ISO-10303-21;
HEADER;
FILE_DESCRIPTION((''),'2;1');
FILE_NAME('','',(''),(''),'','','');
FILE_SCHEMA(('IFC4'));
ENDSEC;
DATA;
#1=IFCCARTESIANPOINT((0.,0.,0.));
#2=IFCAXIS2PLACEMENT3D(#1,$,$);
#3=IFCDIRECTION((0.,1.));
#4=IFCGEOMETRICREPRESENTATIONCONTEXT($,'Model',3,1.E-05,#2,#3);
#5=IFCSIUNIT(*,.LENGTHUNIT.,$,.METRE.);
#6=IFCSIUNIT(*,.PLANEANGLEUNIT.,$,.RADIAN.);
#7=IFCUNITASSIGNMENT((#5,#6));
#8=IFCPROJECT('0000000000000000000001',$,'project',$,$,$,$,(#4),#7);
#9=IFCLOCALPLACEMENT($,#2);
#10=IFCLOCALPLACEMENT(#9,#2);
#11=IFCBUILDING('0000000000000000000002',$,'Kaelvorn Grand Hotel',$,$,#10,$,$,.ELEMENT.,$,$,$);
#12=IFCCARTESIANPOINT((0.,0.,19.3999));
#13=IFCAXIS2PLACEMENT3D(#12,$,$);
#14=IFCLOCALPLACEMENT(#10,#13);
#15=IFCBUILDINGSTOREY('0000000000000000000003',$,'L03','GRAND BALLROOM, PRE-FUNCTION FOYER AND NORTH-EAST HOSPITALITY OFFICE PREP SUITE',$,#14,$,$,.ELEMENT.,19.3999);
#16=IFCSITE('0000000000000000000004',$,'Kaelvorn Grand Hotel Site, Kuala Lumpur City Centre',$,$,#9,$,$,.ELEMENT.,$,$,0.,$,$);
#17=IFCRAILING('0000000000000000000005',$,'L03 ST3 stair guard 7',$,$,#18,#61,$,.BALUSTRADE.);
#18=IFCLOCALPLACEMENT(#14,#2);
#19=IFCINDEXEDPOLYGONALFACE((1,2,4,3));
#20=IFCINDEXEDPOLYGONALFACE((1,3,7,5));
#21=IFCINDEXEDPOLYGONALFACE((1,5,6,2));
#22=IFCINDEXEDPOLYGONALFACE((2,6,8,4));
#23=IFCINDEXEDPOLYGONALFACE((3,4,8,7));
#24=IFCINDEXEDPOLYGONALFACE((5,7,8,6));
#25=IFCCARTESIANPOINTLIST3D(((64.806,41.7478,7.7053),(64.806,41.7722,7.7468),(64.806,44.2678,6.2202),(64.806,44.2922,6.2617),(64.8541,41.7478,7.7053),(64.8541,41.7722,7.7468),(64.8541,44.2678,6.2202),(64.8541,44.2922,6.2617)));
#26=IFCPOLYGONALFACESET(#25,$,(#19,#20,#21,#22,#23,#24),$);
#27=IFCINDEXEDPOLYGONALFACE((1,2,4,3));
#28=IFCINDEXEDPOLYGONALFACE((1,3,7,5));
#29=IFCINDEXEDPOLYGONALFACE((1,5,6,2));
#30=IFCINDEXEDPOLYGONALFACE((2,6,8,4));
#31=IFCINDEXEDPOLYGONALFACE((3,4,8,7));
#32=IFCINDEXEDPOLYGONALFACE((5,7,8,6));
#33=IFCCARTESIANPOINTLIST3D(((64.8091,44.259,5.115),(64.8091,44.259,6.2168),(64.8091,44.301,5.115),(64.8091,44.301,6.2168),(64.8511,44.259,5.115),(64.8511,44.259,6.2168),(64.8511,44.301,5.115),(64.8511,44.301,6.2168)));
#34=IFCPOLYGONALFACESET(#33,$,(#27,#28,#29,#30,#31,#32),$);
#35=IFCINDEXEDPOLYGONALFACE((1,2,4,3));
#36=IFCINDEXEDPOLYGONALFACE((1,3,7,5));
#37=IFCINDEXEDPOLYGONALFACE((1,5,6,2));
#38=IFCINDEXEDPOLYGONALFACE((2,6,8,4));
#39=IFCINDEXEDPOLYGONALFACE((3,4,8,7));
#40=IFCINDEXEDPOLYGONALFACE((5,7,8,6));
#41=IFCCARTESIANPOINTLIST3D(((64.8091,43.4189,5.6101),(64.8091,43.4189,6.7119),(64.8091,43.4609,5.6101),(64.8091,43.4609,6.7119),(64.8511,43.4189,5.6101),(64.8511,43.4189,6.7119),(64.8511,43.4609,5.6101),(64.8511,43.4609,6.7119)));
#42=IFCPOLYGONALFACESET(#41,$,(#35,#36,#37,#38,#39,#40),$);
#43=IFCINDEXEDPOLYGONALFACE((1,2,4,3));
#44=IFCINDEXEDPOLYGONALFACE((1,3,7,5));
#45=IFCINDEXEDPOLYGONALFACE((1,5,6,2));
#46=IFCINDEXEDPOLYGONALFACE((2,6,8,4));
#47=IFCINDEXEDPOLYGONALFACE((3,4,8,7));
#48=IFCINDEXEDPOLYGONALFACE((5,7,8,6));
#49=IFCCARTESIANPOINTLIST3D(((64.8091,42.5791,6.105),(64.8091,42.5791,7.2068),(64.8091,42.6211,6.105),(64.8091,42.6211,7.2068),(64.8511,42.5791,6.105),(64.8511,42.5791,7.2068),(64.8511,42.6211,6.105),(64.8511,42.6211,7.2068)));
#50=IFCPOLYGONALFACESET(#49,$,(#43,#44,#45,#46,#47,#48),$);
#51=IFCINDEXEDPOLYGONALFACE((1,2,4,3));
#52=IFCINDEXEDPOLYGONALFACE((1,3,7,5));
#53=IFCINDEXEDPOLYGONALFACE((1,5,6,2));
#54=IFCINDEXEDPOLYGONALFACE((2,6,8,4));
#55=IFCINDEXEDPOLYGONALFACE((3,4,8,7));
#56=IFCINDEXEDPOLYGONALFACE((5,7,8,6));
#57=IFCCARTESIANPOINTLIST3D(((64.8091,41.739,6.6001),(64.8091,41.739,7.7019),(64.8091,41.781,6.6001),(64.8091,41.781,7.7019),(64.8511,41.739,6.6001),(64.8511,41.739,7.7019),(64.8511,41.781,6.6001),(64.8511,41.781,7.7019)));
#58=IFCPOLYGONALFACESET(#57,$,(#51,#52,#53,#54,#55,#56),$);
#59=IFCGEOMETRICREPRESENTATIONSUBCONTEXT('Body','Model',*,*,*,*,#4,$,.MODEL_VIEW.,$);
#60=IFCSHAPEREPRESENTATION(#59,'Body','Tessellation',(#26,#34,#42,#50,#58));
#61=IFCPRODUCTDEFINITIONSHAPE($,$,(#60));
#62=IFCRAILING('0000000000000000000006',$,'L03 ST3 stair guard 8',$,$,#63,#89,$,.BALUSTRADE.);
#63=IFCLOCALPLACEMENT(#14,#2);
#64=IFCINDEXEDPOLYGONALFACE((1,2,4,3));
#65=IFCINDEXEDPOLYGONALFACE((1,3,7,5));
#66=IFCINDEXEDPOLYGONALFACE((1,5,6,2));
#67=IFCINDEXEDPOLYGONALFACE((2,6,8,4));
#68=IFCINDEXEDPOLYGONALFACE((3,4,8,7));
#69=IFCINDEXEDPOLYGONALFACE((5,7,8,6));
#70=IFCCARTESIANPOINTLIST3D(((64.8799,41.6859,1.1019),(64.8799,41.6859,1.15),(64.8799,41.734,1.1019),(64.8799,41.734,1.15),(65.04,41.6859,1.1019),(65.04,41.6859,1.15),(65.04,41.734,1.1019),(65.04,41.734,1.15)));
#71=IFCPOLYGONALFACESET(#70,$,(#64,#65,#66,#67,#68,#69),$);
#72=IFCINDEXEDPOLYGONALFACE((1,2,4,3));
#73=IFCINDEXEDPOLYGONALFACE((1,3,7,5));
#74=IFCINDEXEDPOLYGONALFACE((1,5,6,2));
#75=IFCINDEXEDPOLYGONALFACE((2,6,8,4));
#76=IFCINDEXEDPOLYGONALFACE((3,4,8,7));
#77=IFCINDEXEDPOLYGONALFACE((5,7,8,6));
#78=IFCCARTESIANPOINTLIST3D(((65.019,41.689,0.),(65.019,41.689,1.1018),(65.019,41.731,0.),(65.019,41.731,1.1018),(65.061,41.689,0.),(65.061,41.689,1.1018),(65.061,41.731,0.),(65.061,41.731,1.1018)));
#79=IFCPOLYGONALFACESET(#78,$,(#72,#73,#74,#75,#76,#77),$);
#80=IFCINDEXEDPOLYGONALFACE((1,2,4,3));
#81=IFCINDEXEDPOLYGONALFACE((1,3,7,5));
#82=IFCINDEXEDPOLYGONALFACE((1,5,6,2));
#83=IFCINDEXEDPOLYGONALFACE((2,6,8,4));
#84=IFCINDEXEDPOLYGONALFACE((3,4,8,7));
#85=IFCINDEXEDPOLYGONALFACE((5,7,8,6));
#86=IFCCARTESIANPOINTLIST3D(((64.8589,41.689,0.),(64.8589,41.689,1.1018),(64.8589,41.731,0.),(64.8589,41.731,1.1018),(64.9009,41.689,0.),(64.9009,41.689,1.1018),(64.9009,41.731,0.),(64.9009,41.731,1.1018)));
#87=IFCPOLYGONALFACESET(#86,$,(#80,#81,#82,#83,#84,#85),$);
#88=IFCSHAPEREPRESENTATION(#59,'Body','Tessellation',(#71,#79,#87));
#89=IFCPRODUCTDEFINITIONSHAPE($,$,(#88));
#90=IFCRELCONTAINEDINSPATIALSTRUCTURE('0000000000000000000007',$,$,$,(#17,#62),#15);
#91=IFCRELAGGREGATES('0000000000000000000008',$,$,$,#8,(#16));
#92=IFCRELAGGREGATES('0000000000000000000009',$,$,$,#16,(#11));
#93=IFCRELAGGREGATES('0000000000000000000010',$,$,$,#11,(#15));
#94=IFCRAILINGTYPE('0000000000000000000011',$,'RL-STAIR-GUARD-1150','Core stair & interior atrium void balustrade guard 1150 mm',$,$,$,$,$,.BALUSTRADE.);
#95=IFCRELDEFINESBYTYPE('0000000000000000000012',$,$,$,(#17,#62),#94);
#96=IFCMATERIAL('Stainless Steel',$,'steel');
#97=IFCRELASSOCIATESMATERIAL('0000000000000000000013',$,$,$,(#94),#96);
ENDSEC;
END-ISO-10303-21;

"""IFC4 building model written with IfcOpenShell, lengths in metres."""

from ifc_helpers import new_model, si_unit, direction, frame, origin, origin_2d, place, context, subcontext, project, spatial, rectangle, extrude, material, type_object, element, save


model = new_model("IFC4")

# Units and contexts
model_context = context("Model", 3, precision=1e-05, world=origin(), true_north=direction((0.0, 1.0)))
body_context = subcontext(model_context, "Body", "Model", "MODEL_VIEW")
ifc_project = project(units=[si_unit("LENGTHUNIT", "METRE"), si_unit("PLANEANGLEUNIT", "RADIAN")], contexts=[model_context])

# Site, building, storey
site_placement = place(None, origin())
site = spatial("IfcSite", under=ifc_project, at=site_placement, Name="Kaelvorn Grand Hotel Site, Kuala Lumpur City Centre", CompositionType="ELEMENT", RefElevation=0.0)
building_placement = place(site_placement, origin())
building = spatial("IfcBuilding", under=site, at=building_placement, Name="Kaelvorn Grand Hotel", CompositionType="ELEMENT")
storey_placement = place(building_placement, frame((0.0, 0.0, 19.3999)))
storey = spatial("IfcBuildingStorey", under=building, at=storey_placement, Name="L03", Description="GRAND BALLROOM, PRE-FUNCTION FOYER AND NORTH-EAST HOSPITALITY OFFICE PREP SUITE", CompositionType="ELEMENT", Elevation=19.3999)

# Railings
ifc_material_1 = material(Name="Stainless Steel", Category="steel")
railing_type_1 = type_object("IfcRailingType", Name="RL-STAIR-GUARD-1150", Description="Core stair & interior atrium void balustrade guard 1150 mm", PredefinedType="BALUSTRADE", material=ifc_material_1)
railing_1_placement = place(storey_placement, frame((64.8301, 44.28, 5.115)))
element("IfcRailing", 1, at=railing_1_placement, inside=storey, type_object=railing_type_1, Name="L03 ST3 stair guard 7", PredefinedType="BALUSTRADE", context=body_context, shape_type="SweptSolid", body=[
    extrude(rectangle(XDim=0.0481, YDim=0.0481, at=origin_2d()), frame((0.0, 0.0, 1.126), z_axis=(0.0, -0.861524, 0.507717), x_axis=(1.0, 0.0, 0.0)), (0.0, 0.0, 1.0), 2.925),
    extrude(rectangle(XDim=0.042, YDim=0.042, at=origin_2d()), origin(), (0.0, 0.0, 1.0), 1.1018),
    extrude(rectangle(XDim=0.042, YDim=0.042, at=origin_2d()), frame((0.0, -0.8401, 0.4951)), (0.0, 0.0, 1.0), 1.1018),
    extrude(rectangle(XDim=0.042, YDim=0.042, at=origin_2d()), frame((0.0, -1.6799, 0.99)), (0.0, 0.0, 1.0), 1.1018),
    extrude(rectangle(XDim=0.042, YDim=0.042, at=origin_2d()), frame((0.0, -2.52, 1.4851)), (0.0, 0.0, 1.0), 1.1018),
])
railing_2_placement = place(storey_placement, frame((65.04, 41.71, 0.0)))
element("IfcRailing", 2, at=railing_2_placement, inside=storey, type_object=railing_type_1, Name="L03 ST3 stair guard 8", PredefinedType="BALUSTRADE", context=body_context, shape_type="SweptSolid", body=[
    extrude(rectangle(XDim=0.0481, YDim=0.0481, at=origin_2d()), frame((0.0, 0.0, 1.126), z_axis=(-1.0, 0.0, 0.0), x_axis=(0.0, -1.0, 0.0)), (0.0, 0.0, 1.0), 0.1602),
    extrude(rectangle(XDim=0.042, YDim=0.042, at=origin_2d()), origin(), (0.0, 0.0, 1.0), 1.1018),
    extrude(rectangle(XDim=0.042, YDim=0.042, at=origin_2d()), frame((-0.1602, 0.0, 0.0)), (0.0, 0.0, 1.0), 1.1018),
])

save(model, "model.ifc")
